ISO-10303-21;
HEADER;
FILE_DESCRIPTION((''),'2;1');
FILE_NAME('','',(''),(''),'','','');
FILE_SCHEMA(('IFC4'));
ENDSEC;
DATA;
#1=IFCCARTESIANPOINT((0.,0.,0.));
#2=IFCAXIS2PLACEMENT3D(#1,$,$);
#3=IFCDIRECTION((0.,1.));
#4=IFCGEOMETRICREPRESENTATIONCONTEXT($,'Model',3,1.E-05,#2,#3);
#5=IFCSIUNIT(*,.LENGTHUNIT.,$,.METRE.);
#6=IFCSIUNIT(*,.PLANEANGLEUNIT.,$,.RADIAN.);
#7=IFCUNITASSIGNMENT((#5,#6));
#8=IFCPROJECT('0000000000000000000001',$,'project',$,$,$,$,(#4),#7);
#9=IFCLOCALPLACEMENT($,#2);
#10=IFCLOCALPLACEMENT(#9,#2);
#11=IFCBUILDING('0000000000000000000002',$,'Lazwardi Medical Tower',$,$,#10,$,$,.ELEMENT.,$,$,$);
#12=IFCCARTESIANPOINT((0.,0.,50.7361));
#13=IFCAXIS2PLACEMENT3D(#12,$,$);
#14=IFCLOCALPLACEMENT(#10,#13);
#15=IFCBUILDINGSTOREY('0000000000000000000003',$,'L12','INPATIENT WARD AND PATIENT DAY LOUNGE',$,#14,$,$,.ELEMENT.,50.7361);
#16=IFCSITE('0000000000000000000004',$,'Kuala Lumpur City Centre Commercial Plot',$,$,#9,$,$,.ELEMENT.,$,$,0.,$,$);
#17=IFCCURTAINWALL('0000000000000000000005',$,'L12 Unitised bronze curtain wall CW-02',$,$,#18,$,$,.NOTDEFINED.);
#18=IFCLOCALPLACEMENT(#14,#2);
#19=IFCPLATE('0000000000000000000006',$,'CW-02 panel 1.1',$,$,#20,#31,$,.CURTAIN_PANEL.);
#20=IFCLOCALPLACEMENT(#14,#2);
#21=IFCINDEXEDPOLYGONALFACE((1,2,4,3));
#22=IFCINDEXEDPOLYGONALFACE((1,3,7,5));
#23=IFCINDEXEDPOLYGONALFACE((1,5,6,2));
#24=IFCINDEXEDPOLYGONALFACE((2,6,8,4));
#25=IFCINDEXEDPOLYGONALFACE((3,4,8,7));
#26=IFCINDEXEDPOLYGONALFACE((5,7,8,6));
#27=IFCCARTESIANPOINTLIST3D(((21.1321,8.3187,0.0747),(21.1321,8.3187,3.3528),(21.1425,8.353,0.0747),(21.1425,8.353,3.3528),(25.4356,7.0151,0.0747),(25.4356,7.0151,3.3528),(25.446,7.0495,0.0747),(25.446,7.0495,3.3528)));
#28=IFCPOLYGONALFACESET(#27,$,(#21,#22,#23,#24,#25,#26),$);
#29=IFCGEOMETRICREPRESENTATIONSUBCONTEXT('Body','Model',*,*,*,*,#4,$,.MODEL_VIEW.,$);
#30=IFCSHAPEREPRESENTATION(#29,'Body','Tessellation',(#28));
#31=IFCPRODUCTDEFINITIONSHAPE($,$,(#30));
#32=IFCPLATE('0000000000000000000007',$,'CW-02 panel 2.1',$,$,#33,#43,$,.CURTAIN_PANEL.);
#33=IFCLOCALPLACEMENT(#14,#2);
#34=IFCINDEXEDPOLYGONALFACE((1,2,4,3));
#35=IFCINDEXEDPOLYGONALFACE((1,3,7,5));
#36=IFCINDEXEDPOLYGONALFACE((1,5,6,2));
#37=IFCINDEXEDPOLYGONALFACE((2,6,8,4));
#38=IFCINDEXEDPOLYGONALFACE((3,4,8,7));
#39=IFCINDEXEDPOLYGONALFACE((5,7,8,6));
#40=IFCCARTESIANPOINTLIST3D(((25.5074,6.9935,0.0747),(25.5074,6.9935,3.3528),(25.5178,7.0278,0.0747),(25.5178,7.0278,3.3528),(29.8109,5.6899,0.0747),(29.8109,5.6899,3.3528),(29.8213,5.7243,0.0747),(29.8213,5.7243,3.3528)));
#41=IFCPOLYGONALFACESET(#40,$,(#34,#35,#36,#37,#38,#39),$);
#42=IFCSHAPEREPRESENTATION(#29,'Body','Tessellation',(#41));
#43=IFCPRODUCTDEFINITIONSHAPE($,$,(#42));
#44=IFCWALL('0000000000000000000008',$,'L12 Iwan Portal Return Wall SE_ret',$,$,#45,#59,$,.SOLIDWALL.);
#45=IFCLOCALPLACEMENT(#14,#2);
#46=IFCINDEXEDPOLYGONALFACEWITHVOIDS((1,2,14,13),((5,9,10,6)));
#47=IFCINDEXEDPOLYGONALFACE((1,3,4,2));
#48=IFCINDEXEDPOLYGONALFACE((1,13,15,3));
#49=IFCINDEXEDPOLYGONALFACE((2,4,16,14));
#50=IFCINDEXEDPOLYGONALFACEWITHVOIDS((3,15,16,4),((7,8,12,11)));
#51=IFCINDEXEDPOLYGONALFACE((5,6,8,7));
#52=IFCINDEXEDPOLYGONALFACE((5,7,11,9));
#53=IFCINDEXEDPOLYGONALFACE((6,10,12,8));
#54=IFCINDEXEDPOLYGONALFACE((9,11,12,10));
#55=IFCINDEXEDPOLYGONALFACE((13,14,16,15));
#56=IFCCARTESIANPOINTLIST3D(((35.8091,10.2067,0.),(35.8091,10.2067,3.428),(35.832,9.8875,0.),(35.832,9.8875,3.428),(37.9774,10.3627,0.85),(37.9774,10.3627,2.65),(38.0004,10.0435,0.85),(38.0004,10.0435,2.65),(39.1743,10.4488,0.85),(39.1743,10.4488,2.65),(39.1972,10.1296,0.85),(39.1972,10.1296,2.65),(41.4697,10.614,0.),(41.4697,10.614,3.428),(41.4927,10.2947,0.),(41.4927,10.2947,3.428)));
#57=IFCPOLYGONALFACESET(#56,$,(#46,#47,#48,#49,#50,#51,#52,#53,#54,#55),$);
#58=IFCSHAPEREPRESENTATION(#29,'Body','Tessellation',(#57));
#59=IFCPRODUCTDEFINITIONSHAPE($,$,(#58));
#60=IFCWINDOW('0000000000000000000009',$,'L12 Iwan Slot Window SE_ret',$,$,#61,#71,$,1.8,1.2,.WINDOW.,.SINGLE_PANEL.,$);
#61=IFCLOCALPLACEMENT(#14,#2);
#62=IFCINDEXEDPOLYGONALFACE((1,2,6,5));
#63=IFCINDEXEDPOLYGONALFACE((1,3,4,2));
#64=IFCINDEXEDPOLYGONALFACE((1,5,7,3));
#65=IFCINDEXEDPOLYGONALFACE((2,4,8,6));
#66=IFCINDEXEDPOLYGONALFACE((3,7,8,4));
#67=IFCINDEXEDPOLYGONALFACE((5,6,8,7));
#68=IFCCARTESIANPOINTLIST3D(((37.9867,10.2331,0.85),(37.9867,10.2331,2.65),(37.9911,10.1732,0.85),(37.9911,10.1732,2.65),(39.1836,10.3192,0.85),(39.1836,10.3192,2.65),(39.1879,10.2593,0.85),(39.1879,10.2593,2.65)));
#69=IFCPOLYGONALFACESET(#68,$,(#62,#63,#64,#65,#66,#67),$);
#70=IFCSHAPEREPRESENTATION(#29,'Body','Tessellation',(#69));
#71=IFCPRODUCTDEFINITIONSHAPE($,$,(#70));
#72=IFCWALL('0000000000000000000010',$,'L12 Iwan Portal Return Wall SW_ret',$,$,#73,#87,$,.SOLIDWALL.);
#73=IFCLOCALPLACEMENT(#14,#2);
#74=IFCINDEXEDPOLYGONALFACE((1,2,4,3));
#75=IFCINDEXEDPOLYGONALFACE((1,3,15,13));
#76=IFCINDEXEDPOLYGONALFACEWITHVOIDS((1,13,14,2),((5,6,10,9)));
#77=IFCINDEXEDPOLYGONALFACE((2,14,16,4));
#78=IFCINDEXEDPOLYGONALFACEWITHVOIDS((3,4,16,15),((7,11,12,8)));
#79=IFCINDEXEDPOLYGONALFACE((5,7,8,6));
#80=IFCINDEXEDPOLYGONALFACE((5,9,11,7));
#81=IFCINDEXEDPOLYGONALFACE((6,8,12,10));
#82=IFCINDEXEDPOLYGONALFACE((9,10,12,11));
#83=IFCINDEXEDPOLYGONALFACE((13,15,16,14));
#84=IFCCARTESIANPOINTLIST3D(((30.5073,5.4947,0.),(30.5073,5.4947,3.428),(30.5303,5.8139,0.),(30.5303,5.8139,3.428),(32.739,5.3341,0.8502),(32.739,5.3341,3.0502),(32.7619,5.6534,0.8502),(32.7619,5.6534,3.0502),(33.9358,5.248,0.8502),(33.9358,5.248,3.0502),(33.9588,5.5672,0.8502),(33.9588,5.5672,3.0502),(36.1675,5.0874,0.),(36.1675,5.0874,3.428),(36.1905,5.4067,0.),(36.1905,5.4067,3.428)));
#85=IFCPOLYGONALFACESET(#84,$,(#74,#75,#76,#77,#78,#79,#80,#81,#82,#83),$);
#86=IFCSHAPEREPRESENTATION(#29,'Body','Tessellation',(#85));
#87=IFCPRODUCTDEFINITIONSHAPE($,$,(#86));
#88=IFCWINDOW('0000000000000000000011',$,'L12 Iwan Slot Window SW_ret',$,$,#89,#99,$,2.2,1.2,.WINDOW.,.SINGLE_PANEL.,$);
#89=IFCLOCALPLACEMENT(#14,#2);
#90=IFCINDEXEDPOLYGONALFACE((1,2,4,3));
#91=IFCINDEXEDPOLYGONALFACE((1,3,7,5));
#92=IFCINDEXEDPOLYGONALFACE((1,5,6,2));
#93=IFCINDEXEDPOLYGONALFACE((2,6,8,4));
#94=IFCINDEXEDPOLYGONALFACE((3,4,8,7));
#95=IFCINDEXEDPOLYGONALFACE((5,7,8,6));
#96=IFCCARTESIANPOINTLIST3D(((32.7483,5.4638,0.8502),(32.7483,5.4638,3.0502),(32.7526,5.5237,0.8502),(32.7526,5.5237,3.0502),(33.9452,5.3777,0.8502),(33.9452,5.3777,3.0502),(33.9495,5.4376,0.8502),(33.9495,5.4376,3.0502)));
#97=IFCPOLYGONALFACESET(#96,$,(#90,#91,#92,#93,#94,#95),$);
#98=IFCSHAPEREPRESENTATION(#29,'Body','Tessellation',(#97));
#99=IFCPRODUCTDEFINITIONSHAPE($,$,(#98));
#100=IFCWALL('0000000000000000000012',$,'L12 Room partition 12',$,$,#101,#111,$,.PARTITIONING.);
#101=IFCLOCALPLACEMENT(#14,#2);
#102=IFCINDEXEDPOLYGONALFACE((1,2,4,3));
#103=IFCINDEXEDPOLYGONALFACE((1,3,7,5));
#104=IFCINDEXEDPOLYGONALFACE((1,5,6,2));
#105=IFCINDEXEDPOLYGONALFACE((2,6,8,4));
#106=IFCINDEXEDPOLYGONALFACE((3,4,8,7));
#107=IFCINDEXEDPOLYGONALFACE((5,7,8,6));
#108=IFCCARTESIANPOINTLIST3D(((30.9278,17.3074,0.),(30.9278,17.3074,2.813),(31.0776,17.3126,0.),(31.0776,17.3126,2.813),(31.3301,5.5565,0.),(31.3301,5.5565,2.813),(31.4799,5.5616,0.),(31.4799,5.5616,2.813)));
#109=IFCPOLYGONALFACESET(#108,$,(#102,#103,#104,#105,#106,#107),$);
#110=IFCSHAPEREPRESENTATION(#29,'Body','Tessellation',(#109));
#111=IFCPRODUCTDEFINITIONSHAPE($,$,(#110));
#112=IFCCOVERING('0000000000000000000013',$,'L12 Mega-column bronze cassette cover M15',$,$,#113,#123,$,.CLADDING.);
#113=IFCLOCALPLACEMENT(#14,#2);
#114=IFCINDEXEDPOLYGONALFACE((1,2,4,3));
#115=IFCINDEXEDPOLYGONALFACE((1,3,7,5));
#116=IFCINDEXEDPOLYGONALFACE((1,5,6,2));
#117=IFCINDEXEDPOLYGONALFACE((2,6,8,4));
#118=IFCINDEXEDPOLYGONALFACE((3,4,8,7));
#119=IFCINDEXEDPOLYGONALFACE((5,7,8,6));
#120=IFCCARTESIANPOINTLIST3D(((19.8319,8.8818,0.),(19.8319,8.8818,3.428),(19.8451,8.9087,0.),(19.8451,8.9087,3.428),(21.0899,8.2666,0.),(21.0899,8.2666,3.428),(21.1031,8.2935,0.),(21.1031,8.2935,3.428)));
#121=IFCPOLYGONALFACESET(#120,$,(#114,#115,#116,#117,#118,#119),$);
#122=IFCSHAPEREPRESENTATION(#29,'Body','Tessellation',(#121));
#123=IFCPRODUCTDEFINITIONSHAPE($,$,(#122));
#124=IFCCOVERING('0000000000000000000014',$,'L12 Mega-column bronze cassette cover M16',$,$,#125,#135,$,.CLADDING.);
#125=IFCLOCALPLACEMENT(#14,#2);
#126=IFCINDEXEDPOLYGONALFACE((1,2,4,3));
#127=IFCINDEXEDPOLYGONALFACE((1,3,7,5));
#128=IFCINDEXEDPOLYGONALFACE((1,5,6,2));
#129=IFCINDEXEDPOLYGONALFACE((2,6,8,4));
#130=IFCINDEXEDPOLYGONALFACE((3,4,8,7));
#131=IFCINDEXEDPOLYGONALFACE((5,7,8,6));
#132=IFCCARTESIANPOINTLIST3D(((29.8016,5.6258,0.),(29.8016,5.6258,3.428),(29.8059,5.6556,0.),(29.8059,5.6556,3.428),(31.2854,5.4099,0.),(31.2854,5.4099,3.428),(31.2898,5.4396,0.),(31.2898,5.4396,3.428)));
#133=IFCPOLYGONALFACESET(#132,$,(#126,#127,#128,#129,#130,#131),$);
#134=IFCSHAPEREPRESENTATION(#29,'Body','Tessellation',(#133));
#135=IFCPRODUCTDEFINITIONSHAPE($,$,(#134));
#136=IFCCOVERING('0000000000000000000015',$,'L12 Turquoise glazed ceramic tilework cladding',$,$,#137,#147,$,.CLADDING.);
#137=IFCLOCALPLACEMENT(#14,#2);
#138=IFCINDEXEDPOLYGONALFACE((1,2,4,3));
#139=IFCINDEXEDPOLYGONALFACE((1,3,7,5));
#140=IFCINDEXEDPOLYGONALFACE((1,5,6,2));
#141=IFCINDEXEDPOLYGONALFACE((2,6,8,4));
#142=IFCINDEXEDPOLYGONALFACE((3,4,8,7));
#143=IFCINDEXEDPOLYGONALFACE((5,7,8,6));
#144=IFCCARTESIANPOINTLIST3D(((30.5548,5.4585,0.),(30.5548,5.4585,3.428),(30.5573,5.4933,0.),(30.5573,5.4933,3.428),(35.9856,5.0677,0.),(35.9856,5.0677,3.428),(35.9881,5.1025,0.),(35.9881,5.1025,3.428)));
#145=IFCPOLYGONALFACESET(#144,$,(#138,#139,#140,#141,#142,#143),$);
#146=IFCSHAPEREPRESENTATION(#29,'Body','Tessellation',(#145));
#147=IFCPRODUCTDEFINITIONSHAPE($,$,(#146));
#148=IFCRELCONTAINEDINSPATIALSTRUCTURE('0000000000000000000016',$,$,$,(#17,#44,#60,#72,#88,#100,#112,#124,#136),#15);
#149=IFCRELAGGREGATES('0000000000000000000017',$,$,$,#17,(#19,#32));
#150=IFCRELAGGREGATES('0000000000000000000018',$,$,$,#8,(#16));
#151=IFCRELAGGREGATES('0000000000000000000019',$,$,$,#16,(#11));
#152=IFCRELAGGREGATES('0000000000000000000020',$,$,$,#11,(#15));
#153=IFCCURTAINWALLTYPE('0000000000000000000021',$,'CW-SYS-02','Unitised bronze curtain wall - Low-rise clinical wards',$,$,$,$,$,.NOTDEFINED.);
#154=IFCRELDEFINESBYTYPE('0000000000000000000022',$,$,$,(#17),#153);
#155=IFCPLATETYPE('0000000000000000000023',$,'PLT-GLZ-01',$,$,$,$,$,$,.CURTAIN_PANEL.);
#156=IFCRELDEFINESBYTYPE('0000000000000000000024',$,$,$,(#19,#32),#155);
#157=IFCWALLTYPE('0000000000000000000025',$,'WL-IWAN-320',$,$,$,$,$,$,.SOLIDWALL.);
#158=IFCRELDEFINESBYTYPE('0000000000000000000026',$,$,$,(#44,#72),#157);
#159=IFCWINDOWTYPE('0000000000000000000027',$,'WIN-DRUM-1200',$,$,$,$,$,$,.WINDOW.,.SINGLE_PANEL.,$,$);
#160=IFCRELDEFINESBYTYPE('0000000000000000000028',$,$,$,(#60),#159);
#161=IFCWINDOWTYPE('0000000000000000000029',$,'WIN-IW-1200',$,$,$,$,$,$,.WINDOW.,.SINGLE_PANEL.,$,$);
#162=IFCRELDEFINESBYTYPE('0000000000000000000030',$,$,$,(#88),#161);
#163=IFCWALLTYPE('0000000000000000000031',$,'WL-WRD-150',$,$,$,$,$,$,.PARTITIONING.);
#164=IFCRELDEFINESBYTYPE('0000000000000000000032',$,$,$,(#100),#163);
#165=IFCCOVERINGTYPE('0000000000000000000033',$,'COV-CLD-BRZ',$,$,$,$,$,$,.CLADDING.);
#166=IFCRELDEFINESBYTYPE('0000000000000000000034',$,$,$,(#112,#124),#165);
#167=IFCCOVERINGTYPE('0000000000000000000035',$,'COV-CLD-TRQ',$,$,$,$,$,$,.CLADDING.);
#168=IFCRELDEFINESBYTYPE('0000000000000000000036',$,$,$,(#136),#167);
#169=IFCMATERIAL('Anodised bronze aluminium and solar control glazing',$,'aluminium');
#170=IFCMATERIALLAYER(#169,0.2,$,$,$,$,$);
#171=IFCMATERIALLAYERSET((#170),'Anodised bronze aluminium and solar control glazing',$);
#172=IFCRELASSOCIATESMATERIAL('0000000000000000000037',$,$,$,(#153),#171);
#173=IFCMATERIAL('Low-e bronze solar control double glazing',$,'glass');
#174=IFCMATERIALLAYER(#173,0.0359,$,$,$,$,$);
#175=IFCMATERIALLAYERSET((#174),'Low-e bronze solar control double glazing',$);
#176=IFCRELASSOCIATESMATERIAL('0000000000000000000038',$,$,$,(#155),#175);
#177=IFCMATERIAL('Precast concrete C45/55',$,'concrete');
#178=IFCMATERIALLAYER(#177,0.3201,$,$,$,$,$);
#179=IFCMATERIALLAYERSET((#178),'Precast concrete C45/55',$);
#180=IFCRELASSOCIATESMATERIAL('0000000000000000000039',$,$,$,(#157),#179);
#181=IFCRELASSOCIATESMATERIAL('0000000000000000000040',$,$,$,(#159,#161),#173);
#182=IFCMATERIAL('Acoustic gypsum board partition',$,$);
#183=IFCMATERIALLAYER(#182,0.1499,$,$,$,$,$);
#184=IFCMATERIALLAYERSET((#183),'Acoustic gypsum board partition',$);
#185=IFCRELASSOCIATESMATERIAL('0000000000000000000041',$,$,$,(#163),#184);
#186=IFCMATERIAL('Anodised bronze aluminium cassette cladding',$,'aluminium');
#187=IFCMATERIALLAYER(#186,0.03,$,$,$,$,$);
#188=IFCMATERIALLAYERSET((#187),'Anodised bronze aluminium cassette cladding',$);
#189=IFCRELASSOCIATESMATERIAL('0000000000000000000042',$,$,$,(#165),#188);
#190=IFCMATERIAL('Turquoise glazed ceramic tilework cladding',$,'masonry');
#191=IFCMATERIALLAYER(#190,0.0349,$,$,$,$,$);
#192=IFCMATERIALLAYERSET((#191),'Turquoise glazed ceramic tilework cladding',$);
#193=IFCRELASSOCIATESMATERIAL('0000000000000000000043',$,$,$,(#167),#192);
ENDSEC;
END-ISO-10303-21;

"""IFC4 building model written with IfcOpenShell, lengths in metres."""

from ifc_helpers import new_model, si_unit, direction, frame, frame_2d, origin, origin_2d, place, context, subcontext, project, spatial, rectangle, extrude, material, layer, layer_set, type_object, element, fill, aggregate, save


model = new_model("IFC4")

# Units and contexts
model_context = context("Model", 3, precision=1e-05, world=origin(), true_north=direction((0.0, 1.0)))
body_context = subcontext(model_context, "Body", "Model", "MODEL_VIEW")
ifc_project = project(units=[si_unit("LENGTHUNIT", "METRE"), si_unit("PLANEANGLEUNIT", "RADIAN")], contexts=[model_context])

# Site, building, storey
site_placement = place(None, origin())
site = spatial("IfcSite", under=ifc_project, at=site_placement, Name="Kuala Lumpur City Centre Commercial Plot", CompositionType="ELEMENT", RefElevation=0.0)
building_placement = place(site_placement, origin())
building = spatial("IfcBuilding", under=site, at=building_placement, Name="Lazwardi Medical Tower", CompositionType="ELEMENT")
storey_placement = place(building_placement, frame((0.0, 0.0, 50.7361)))
storey = spatial("IfcBuildingStorey", under=building, at=storey_placement, Name="L12", Description="INPATIENT WARD AND PATIENT DAY LOUNGE", CompositionType="ELEMENT", Elevation=50.7361)

# Shared definitions
ifc_material_1 = material(Name="Anodised bronze aluminium and solar control glazing", Category="aluminium")
ifc_layer_1 = layer(ifc_material_1, 0.2)
ifc_layer_set_1 = layer_set([ifc_layer_1], Name="Anodised bronze aluminium and solar control glazing")
curtain_wall_type = type_object("IfcCurtainWallType", Name="CW-SYS-02", Description="Unitised bronze curtain wall - Low-rise clinical wards", PredefinedType="NOTDEFINED", material=ifc_layer_set_1)

# Curtain wall
curtain_wall_1_placement = place(storey_placement, origin())
curtain_wall_1 = element("IfcCurtainWall", 1, at=curtain_wall_1_placement, inside=storey, type_object=curtain_wall_type, Name="L12 Unitised bronze curtain wall CW-02", PredefinedType="NOTDEFINED")

# Plates
ifc_material_2 = material(Name="Low-e bronze solar control double glazing", Category="glass")
ifc_layer_2 = layer(ifc_material_2, 0.0359)
ifc_layer_set_2 = layer_set([ifc_layer_2], Name="Low-e bronze solar control double glazing")
plate_type = type_object("IfcPlateType", Name="PLT-GLZ-01", PredefinedType="CURTAIN_PANEL", material=ifc_layer_set_2)
plate_1_placement = place(storey_placement, frame((23.2891, 7.6841, 0.0747), z_axis=(0.0, 0.0, 1.0), x_axis=(0.957058, -0.289896, 0.0)))
plate_1 = element("IfcPlate", 2, at=plate_1_placement, type_object=plate_type, Name="CW-02 panel 1.1", PredefinedType="CURTAIN_PANEL", context=body_context, shape_type="SweptSolid", body=[
    extrude(rectangle(XDim=4.4966, YDim=0.0359, at=origin_2d()), origin(), (0.0, 0.0, 1.0), 3.2781),
])
plate_2_placement = place(storey_placement, frame((27.6643, 6.3589, 0.0747), z_axis=(0.0, 0.0, 1.0), x_axis=(0.957058, -0.289896, 0.0)))
plate_2 = element("IfcPlate", 3, at=plate_2_placement, type_object=plate_type, Name="CW-02 panel 2.1", PredefinedType="CURTAIN_PANEL", context=body_context, shape_type="SweptSolid", body=[
    extrude(rectangle(XDim=4.4966, YDim=0.0359, at=origin_2d()), origin(), (0.0, 0.0, 1.0), 3.2781),
])
aggregate(curtain_wall_1, [plate_1, plate_2])

# Walls, openings, windows
ifc_material_3 = material(Name="Precast concrete C45/55", Category="concrete")
ifc_layer_3 = layer(ifc_material_3, 0.3201)
ifc_layer_set_3 = layer_set([ifc_layer_3], Name="Precast concrete C45/55")
wall_type_1 = type_object("IfcWallType", Name="WL-IWAN-320", PredefinedType="SOLIDWALL", material=ifc_layer_set_3)
wall_1_placement = place(storey_placement, frame((35.8206, 10.0471, 0.0), z_axis=(0.0, 0.0, 1.0), x_axis=(0.997422, 0.071755, 0.0)))
wall_1 = element("IfcWall", 4, at=wall_1_placement, inside=storey, type_object=wall_type_1, Name="L12 Iwan Portal Return Wall SE_ret", PredefinedType="SOLIDWALL", context=body_context, shape_type="SweptSolid", body=[
    extrude(rectangle(XDim=5.6753, YDim=0.3201, at=frame_2d((2.8376, 0.0))), origin(), (0.0, 0.0, 1.0), 3.428),
])
opening_1_placement = place(wall_1_placement, frame((2.1738, 0.0, 0.8501)))
opening_1 = element("IfcOpeningElement", 5, at=opening_1_placement, cuts=wall_1, PredefinedType="OPENING", context=body_context, shape_type="SweptSolid", body=[
    extrude(rectangle(XDim=1.2, YDim=1.8, at=frame_2d((0.6001, 0.8999))), frame((0.0, 0.1699, 0.0), z_axis=(0.0, -1.0, 0.0), x_axis=(1.0, 0.0, 0.0)), (0.0, 0.0, 1.0), 0.3401),
])
window_type_1 = type_object("IfcWindowType", Name="WIN-DRUM-1200", PartitioningType="SINGLE_PANEL", PredefinedType="WINDOW", material=ifc_material_2)
window_1_placement = place(opening_1_placement, origin())
window_1 = element("IfcWindow", 6, at=window_1_placement, inside=storey, type_object=window_type_1, Name="L12 Iwan Slot Window SE_ret", OverallHeight=1.8, OverallWidth=1.2, PartitioningType="SINGLE_PANEL", PredefinedType="WINDOW", context=body_context, shape_type="SweptSolid", body=[
    extrude(rectangle(XDim=1.2, YDim=1.8, at=frame_2d((0.6001, 0.8999))), frame((0.0, 0.03, 0.0), z_axis=(0.0, -1.0, 0.0), x_axis=(1.0, 0.0, 0.0)), (0.0, 0.0, 1.0), 0.0601),
])
fill(opening_1, window_1)
wall_2_placement = place(storey_placement, frame((30.5188, 5.6543, 0.0), z_axis=(0.0, 0.0, 1.0), x_axis=(0.997422, -0.071761, 0.0)))
wall_2 = element("IfcWall", 7, at=wall_2_placement, inside=storey, type_object=wall_type_1, Name="L12 Iwan Portal Return Wall SW_ret", PredefinedType="SOLIDWALL", context=body_context, shape_type="SweptSolid", body=[
    extrude(rectangle(XDim=5.6748, YDim=0.3201, at=frame_2d((2.8374, 0.0))), origin(), (0.0, 0.0, 1.0), 3.428),
])
opening_2_placement = place(wall_2_placement, frame((2.2373, 0.0, 0.8501)))
opening_2 = element("IfcOpeningElement", 8, at=opening_2_placement, cuts=wall_2, PredefinedType="OPENING", context=body_context, shape_type="SweptSolid", body=[
    extrude(rectangle(XDim=1.2, YDim=2.2, at=frame_2d((0.6001, 1.1001))), frame((0.0, 0.1699, 0.0), z_axis=(0.0, -1.0, 0.0), x_axis=(1.0, 0.0, 0.0)), (0.0, 0.0, 1.0), 0.3401),
])
window_type_2 = type_object("IfcWindowType", Name="WIN-IW-1200", PartitioningType="SINGLE_PANEL", PredefinedType="WINDOW", material=ifc_material_2)
window_2_placement = place(opening_2_placement, origin())
window_2 = element("IfcWindow", 9, at=window_2_placement, inside=storey, type_object=window_type_2, Name="L12 Iwan Slot Window SW_ret", OverallHeight=2.2, OverallWidth=1.2, PartitioningType="SINGLE_PANEL", PredefinedType="WINDOW", context=body_context, shape_type="SweptSolid", body=[
    extrude(rectangle(XDim=1.2, YDim=2.2, at=frame_2d((0.6001, 1.1001))), frame((0.0, 0.03, 0.0), z_axis=(0.0, -1.0, 0.0), x_axis=(1.0, 0.0, 0.0)), (0.0, 0.0, 1.0), 0.0601),
])
fill(opening_2, window_2)

# Wall
ifc_material_4 = material(Name="Acoustic gypsum board partition")
ifc_layer_4 = layer(ifc_material_4, 0.1499)
ifc_layer_set_4 = layer_set([ifc_layer_4], Name="Acoustic gypsum board partition")
wall_type_2 = type_object("IfcWallType", Name="WL-WRD-150", PredefinedType="PARTITIONING", material=ifc_layer_set_4)
wall_3_placement = place(storey_placement, frame((31.405, 5.5591, 0.0), z_axis=(0.0, 0.0, 1.0), x_axis=(-0.034219, 0.999414, 0.0)))
element("IfcWall", 10, at=wall_3_placement, inside=storey, type_object=wall_type_2, Name="L12 Room partition 12", PredefinedType="PARTITIONING", context=body_context, shape_type="SweptSolid", body=[
    extrude(rectangle(XDim=11.7578, YDim=0.1499, at=frame_2d((5.8789, 0.0))), origin(), (0.0, 0.0, 1.0), 2.813),
])

# Coverings
ifc_material_5 = material(Name="Anodised bronze aluminium cassette cladding", Category="aluminium")
ifc_layer_5 = layer(ifc_material_5, 0.03)
ifc_layer_set_5 = layer_set([ifc_layer_5], Name="Anodised bronze aluminium cassette cladding")
covering_type_1 = type_object("IfcCoveringType", Name="COV-CLD-BRZ", PredefinedType="CLADDING", material=ifc_layer_set_5)
covering_1_placement = place(storey_placement, frame((20.4675, 8.5876, 0.0), z_axis=(0.0, 0.0, 1.0), x_axis=(0.898334, -0.439312, 0.0)))
element("IfcCovering", 11, at=covering_1_placement, inside=storey, type_object=covering_type_1, Name="L12 Mega-column bronze cassette cover M15", PredefinedType="CLADDING", context=body_context, shape_type="SweptSolid", body=[
    extrude(rectangle(XDim=1.4004, YDim=0.03, at=origin_2d()), origin(), (0.0, 0.0, 1.0), 3.428),
])
covering_2_placement = place(storey_placement, frame((30.5457, 5.5327, 0.0), z_axis=(0.0, 0.0, 1.0), x_axis=(0.989573, -0.144035, 0.0)))
element("IfcCovering", 12, at=covering_2_placement, inside=storey, type_object=covering_type_1, Name="L12 Mega-column bronze cassette cover M16", PredefinedType="CLADDING", context=body_context, shape_type="SweptSolid", body=[
    extrude(rectangle(XDim=1.4995, YDim=0.03, at=origin_2d()), origin(), (0.0, 0.0, 1.0), 3.428),
])
ifc_material_6 = material(Name="Turquoise glazed ceramic tilework cladding", Category="masonry")
ifc_layer_6 = layer(ifc_material_6, 0.0349)
ifc_layer_set_6 = layer_set([ifc_layer_6], Name="Turquoise glazed ceramic tilework cladding")
covering_type_2 = type_object("IfcCoveringType", Name="COV-CLD-TRQ", PredefinedType="CLADDING", material=ifc_layer_set_6)
covering_3_placement = place(storey_placement, frame((33.2715, 5.2805, 0.0), z_axis=(0.0, 0.0, 1.0), x_axis=(0.997421, -0.071774, 0.0)))
element("IfcCovering", 13, at=covering_3_placement, inside=storey, type_object=covering_type_2, Name="L12 Turquoise glazed ceramic tilework cladding", PredefinedType="CLADDING", context=body_context, shape_type="SweptSolid", body=[
    extrude(rectangle(XDim=5.4448, YDim=0.0349, at=origin_2d()), origin(), (0.0, 0.0, 1.0), 3.428),
])

save(model, "model.ifc")
